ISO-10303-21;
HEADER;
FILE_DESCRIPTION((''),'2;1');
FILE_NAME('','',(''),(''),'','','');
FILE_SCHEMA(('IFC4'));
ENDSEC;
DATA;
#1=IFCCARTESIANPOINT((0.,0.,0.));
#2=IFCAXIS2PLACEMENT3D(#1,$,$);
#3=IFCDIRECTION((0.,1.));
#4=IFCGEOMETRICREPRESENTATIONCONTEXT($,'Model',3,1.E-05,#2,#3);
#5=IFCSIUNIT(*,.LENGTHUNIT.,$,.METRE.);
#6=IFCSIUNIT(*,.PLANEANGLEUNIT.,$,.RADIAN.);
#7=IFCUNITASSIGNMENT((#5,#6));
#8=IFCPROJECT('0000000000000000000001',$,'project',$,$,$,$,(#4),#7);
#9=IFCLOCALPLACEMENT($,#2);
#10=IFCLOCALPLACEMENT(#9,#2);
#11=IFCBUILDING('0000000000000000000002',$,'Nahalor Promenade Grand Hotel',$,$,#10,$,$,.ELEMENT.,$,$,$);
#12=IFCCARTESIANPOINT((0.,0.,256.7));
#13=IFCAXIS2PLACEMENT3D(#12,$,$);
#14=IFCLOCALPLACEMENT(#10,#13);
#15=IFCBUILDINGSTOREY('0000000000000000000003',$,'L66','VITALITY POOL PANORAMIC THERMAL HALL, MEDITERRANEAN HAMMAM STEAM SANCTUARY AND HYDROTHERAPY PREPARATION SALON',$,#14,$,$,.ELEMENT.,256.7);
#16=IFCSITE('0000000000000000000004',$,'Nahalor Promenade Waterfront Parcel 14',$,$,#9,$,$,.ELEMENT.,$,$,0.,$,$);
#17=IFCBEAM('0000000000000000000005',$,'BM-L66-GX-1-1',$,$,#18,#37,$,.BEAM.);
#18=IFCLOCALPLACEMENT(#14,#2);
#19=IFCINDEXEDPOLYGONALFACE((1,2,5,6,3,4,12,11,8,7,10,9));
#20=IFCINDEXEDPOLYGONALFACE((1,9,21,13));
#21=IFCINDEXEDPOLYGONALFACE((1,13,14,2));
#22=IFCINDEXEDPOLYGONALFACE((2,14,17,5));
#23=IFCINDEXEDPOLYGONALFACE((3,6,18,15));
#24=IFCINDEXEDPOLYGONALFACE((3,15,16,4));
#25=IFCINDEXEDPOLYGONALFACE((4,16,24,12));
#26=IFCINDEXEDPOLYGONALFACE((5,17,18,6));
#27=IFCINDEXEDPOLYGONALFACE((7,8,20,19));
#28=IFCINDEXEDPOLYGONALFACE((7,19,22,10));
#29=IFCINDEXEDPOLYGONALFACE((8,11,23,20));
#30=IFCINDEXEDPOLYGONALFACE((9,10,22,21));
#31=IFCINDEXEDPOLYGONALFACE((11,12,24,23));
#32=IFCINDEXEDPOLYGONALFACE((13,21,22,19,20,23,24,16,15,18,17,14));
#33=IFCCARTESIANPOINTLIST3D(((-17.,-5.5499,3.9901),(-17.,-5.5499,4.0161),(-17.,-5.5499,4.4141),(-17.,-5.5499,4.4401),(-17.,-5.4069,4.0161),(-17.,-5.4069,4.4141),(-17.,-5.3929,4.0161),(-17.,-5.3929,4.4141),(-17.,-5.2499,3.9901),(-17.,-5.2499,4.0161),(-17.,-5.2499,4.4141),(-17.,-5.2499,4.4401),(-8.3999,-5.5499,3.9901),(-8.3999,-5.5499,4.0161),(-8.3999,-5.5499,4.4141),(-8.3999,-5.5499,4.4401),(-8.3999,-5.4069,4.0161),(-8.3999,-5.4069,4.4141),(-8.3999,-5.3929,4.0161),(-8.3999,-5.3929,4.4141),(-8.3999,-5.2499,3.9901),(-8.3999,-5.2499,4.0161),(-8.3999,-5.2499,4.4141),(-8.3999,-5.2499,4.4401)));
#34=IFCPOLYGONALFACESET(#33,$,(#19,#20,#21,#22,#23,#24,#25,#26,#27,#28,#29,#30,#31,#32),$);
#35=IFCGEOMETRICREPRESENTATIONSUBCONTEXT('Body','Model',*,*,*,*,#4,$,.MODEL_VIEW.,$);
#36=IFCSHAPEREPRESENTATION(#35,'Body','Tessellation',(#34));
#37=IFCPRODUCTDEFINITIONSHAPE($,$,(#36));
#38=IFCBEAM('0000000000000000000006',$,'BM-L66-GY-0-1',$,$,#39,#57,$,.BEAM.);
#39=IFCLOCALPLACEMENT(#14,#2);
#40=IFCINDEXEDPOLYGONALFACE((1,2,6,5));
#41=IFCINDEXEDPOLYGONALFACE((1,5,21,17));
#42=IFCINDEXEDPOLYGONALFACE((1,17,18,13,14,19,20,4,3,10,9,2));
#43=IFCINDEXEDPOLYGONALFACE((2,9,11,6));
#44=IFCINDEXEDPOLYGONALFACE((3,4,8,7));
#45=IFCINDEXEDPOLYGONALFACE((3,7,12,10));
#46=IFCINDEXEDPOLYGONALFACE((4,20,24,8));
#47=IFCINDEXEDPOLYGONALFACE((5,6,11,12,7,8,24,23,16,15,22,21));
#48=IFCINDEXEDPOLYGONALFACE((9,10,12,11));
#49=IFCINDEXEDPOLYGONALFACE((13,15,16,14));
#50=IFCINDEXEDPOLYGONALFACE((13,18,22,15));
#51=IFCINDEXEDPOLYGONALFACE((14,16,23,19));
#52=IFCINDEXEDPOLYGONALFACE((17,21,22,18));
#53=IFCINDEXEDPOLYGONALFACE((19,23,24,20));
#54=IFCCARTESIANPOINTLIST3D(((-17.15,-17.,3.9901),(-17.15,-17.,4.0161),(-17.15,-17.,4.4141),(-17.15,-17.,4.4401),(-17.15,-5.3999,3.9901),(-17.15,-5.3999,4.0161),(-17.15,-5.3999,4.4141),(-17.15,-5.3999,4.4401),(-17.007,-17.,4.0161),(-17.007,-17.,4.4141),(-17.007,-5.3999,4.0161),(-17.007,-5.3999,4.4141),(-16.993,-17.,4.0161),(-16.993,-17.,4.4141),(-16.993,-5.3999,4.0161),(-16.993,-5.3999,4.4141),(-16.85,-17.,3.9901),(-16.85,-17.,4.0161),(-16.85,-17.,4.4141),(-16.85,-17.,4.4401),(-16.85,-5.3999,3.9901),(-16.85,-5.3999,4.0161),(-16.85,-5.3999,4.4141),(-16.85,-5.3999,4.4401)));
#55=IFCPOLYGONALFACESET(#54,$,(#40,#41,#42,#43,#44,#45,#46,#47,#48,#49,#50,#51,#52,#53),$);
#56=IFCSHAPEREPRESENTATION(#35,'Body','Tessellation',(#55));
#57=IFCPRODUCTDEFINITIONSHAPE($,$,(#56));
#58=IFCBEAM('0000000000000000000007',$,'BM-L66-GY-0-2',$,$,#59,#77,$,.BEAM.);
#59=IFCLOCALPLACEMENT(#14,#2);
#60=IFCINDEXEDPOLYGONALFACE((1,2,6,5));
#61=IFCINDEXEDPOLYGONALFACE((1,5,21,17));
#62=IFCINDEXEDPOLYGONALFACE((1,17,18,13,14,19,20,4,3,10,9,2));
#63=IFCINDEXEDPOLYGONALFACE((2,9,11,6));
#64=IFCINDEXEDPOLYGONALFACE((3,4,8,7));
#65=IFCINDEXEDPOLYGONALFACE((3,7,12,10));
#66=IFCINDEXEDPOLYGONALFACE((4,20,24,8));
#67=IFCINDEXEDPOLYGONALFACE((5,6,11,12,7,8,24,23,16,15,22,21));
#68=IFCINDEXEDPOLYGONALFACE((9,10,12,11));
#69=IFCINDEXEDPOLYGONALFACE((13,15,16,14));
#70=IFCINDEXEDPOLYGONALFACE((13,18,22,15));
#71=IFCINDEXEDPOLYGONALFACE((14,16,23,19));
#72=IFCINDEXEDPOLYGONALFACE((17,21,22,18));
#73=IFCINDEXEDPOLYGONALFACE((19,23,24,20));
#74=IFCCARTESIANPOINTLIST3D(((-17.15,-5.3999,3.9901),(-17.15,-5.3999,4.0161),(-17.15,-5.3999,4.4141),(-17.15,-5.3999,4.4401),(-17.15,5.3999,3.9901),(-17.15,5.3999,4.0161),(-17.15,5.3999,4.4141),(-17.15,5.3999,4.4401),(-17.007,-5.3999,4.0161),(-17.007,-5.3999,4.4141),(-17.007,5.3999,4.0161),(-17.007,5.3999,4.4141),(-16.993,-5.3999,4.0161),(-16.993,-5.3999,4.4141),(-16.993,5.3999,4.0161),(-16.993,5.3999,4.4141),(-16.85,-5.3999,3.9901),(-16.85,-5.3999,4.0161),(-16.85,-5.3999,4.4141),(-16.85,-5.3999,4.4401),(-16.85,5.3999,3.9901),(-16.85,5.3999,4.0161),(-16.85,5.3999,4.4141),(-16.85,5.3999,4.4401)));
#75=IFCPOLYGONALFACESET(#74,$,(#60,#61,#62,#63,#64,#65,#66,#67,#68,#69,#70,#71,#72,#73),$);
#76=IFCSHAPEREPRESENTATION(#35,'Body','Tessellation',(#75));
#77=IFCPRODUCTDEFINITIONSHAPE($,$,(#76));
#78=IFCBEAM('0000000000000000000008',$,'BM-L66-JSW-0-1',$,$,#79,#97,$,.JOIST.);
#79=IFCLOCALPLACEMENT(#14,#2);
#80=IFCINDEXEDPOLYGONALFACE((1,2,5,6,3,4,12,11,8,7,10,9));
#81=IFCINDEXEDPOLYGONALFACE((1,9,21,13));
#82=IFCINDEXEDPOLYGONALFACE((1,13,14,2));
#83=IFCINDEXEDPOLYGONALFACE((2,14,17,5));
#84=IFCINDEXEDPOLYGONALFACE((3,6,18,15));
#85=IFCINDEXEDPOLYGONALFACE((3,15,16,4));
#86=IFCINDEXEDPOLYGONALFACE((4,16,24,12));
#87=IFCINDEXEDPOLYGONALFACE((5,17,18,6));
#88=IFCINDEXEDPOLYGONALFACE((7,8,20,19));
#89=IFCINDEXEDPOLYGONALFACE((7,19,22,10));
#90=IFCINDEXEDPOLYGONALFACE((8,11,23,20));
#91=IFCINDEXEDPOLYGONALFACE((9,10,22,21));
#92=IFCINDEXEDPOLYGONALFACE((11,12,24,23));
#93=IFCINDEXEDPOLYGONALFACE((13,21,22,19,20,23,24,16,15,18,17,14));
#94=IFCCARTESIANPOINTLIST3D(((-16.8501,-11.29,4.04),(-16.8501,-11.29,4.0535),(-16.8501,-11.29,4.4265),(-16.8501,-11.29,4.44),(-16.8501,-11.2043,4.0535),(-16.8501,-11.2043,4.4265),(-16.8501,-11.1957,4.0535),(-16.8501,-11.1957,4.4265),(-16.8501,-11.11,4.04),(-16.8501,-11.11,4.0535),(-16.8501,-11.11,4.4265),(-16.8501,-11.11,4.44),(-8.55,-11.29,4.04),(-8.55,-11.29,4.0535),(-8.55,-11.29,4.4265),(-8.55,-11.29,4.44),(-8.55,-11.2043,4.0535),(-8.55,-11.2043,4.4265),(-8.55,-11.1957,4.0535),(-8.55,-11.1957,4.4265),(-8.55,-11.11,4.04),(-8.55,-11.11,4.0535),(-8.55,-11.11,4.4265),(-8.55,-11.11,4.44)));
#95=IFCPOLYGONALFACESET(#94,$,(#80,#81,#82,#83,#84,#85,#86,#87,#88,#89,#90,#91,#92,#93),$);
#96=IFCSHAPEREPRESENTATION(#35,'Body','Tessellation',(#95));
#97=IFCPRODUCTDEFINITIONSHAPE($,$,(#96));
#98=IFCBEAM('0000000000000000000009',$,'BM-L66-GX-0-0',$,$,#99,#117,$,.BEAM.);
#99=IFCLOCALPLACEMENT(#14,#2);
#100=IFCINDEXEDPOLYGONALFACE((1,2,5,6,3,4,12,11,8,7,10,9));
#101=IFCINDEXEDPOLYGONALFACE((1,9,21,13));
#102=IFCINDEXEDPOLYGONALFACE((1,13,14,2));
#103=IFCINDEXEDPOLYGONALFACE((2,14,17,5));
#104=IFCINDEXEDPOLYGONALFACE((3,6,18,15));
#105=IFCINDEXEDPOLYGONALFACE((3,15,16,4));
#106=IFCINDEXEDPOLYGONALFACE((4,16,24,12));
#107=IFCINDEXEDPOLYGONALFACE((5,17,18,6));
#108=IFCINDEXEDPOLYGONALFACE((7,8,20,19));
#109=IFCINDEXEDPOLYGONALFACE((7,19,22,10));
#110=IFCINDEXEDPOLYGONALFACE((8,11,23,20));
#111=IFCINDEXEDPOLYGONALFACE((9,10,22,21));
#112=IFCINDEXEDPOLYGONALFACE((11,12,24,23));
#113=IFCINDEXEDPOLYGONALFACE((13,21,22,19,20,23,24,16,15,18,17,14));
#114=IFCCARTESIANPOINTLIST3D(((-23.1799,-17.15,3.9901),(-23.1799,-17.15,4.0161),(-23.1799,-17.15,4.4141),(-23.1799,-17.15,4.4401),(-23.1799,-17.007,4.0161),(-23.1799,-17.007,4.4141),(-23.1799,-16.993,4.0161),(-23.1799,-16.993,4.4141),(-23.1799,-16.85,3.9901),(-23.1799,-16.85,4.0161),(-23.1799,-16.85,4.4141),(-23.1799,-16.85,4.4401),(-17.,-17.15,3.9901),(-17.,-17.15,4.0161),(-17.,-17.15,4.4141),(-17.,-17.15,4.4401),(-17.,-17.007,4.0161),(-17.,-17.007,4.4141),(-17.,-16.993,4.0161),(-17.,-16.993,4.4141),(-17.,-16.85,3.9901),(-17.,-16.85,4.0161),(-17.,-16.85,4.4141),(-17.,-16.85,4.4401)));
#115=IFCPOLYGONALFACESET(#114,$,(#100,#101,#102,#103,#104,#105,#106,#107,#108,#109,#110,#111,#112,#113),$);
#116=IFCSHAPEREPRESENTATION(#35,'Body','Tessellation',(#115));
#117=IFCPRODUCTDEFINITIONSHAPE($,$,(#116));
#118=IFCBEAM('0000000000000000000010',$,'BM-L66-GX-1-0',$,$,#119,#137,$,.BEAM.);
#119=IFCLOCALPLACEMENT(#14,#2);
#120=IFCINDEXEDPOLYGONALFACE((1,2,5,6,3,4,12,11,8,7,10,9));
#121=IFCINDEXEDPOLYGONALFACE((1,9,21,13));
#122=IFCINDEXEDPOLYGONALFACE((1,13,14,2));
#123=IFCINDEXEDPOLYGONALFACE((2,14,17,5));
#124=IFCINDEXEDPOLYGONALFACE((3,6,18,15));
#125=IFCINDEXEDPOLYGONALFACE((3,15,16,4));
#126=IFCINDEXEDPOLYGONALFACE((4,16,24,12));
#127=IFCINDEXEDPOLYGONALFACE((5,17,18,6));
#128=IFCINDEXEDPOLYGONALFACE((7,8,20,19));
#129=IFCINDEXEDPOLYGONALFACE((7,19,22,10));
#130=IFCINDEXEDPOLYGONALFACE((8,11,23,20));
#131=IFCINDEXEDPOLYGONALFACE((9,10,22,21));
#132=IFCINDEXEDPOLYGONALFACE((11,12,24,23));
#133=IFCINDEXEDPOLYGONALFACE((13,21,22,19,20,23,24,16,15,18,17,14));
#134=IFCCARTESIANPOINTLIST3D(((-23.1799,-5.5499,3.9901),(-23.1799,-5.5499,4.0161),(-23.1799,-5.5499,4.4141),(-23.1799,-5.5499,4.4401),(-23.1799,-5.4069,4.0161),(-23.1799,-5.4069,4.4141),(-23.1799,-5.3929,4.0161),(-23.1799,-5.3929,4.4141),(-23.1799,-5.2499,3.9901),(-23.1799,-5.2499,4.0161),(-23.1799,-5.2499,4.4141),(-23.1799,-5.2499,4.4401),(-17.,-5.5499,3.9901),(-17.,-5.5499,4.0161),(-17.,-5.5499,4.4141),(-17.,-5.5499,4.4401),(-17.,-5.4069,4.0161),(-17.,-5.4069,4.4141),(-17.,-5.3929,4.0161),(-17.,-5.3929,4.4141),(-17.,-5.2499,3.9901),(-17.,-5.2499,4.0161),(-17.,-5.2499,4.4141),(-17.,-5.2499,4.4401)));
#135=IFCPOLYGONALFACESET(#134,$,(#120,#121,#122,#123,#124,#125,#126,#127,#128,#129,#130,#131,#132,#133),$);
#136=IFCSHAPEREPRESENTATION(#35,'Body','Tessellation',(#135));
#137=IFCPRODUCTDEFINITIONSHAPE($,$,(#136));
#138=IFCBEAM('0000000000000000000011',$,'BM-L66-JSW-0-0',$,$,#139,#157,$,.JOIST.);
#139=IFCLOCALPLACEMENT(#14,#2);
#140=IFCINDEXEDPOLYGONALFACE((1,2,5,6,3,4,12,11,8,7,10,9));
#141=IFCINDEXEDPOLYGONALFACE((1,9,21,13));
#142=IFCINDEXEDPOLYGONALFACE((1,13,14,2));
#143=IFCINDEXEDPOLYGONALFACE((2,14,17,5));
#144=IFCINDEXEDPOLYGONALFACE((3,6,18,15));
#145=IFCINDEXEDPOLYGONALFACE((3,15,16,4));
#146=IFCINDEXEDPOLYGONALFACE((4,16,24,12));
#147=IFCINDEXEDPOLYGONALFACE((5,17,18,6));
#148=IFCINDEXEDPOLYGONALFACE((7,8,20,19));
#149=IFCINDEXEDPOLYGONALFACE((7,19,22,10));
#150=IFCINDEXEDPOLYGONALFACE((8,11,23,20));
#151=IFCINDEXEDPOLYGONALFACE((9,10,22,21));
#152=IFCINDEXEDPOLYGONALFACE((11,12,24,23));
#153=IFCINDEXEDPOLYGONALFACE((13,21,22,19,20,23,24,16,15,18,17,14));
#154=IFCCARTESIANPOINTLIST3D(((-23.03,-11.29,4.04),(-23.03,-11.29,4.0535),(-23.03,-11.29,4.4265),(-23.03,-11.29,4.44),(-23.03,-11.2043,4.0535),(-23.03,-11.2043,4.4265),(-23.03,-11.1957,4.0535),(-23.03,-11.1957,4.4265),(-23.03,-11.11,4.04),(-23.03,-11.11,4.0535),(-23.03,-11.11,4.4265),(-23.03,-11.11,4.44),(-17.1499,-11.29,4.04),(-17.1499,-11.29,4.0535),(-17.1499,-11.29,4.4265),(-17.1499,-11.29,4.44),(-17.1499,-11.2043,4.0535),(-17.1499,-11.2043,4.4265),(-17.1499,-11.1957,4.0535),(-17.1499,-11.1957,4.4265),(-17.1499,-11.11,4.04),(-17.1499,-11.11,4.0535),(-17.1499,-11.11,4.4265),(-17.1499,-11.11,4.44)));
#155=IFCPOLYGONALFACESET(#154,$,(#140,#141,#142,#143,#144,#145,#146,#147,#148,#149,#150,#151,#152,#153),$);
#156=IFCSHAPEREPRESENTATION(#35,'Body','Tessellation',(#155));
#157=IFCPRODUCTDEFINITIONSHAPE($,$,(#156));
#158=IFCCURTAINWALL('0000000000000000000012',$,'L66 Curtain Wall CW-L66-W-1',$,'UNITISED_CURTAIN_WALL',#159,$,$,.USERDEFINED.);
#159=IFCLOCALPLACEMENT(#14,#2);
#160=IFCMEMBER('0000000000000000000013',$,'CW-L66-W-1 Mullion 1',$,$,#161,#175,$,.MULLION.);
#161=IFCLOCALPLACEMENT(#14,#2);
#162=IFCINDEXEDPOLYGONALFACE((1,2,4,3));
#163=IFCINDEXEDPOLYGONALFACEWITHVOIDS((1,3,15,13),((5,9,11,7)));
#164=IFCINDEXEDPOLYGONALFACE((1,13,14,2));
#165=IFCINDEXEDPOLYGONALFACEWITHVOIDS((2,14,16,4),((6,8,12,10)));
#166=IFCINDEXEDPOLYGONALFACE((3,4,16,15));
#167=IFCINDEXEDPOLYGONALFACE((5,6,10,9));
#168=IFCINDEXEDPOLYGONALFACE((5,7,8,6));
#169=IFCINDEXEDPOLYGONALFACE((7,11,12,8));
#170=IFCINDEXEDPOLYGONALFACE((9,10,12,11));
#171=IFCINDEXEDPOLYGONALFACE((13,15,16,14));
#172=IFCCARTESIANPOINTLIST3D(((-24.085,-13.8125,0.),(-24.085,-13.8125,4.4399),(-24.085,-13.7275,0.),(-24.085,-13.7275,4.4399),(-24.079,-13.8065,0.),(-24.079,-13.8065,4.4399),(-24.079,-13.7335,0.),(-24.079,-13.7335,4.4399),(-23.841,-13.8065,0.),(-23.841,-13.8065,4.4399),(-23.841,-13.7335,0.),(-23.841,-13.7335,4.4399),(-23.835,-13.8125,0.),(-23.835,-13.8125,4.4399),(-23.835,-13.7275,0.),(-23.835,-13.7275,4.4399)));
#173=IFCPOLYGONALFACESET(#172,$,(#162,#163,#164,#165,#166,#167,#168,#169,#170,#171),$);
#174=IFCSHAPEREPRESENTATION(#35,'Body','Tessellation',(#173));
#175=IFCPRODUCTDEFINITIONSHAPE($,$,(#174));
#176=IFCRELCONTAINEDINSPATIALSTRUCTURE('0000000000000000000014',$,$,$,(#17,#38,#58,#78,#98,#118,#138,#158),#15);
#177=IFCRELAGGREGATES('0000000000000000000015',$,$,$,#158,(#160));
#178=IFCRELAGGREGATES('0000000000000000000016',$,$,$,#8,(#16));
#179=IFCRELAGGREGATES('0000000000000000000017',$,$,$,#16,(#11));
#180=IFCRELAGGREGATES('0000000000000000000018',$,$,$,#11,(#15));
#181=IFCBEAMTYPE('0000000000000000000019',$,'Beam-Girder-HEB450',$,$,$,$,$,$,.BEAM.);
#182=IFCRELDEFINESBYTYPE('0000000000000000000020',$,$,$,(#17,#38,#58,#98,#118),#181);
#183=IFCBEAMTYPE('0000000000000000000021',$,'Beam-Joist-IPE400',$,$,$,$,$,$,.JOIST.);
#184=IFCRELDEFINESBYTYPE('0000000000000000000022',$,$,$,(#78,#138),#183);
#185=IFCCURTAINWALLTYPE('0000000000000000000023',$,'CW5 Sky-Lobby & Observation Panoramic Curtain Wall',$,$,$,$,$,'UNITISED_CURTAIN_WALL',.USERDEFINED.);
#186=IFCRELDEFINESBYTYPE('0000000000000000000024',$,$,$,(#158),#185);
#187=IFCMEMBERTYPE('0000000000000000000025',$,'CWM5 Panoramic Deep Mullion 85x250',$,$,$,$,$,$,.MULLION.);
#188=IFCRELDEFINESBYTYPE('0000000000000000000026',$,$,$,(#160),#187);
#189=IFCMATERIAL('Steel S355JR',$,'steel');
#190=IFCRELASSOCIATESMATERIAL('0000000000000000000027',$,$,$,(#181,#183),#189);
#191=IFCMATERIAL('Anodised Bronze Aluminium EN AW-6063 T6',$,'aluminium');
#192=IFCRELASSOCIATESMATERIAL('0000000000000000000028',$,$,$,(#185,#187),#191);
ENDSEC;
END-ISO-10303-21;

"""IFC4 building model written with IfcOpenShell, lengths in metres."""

from ifc_helpers import new_model, si_unit, direction, frame, origin, origin_2d, place, context, subcontext, project, spatial, hollow_rectangle, i_section, extrude, source, transform, mapped, material, material_profile, profile_set, type_object, element, aggregate, save


model = new_model("IFC4")

# Units and contexts
model_context = context("Model", 3, precision=1e-05, world=origin(), true_north=direction((0.0, 1.0)))
body_context = subcontext(model_context, "Body", "Model", "MODEL_VIEW")
ifc_project = project(units=[si_unit("LENGTHUNIT", "METRE"), si_unit("PLANEANGLEUNIT", "RADIAN")], contexts=[model_context])

# Site, building, storey
site_placement = place(None, origin())
site = spatial("IfcSite", under=ifc_project, at=site_placement, Name="Nahalor Promenade Waterfront Parcel 14", CompositionType="ELEMENT", RefElevation=0.0)
building_placement = place(site_placement, origin())
building = spatial("IfcBuilding", under=site, at=building_placement, Name="Nahalor Promenade Grand Hotel", CompositionType="ELEMENT")
storey_placement = place(building_placement, frame((0.0, 0.0, 256.7)))
storey = spatial("IfcBuildingStorey", under=building, at=storey_placement, Name="L66", Description="VITALITY POOL PANORAMIC THERMAL HALL, MEDITERRANEAN HAMMAM STEAM SANCTUARY AND HYDROTHERAPY PREPARATION SALON", CompositionType="ELEMENT", Elevation=256.7)

# Shared definitions
ifc_material_1 = material(Name="Steel S355JR", Category="steel")

# Beams
ifc_material_profile_1 = material_profile(ifc_material_1, i_section(OverallWidth=0.3, OverallDepth=0.45, WebThickness=0.014, FlangeThickness=0.026, at=origin_2d()), Name="HEB 450")
ifc_profile_set_1 = profile_set([ifc_material_profile_1], Name="Steel S355JR")
beam_type_1 = type_object("IfcBeamType", Name="Beam-Girder-HEB450", PredefinedType="BEAM", material=ifc_profile_set_1)
shared_shape_1 = source(origin(), body_context, "Body", "SweptSolid", [
    extrude(i_section(OverallWidth=0.3, OverallDepth=0.45, WebThickness=0.014, FlangeThickness=0.026, at=origin_2d()), origin(), (0.0, 0.0, 1.0), 8.6001),
])
for number, where, z_axis, x_axis, name in (
    (1, (-17.0, -5.3999, 4.2151), (1.0, 0.0, 0.0), (0.0, 1.0, 0.0), "BM-L66-GX-1-1"),
):
    element("IfcBeam", number, at=place(storey_placement, frame(where, z_axis=z_axis, x_axis=x_axis)), inside=storey, type_object=beam_type_1, Name=name, PredefinedType="BEAM", context=body_context, shape_type="MappedRepresentation", body=[
        mapped(shared_shape_1, transform((0.0, 0.0, 0.0), scale=1.0)),
    ])
shared_shape_2 = source(origin(), body_context, "Body", "SweptSolid", [
    extrude(i_section(OverallWidth=0.3, OverallDepth=0.45, WebThickness=0.014, FlangeThickness=0.026, at=origin_2d()), origin(), (0.0, 0.0, 1.0), 11.6001),
])
beam_1_placement = place(storey_placement, frame((-17.0, -17.0, 4.2151), z_axis=(0.0, 1.0, 0.0), x_axis=(-1.0, 0.0, 0.0)))
element("IfcBeam", 2, at=beam_1_placement, inside=storey, type_object=beam_type_1, Name="BM-L66-GY-0-1", PredefinedType="BEAM", context=body_context, shape_type="MappedRepresentation", body=[
    mapped(shared_shape_2, transform((0.0, 0.0, 0.0), scale=1.0)),
])
shared_shape_3 = source(origin(), body_context, "Body", "SweptSolid", [
    extrude(i_section(OverallWidth=0.3, OverallDepth=0.45, WebThickness=0.014, FlangeThickness=0.026, at=origin_2d()), origin(), (0.0, 0.0, 1.0), 10.7998),
])
beam_2_placement = place(storey_placement, frame((-17.0, -5.3999, 4.2151), z_axis=(0.0, 1.0, 0.0), x_axis=(-1.0, 0.0, 0.0)))
element("IfcBeam", 3, at=beam_2_placement, inside=storey, type_object=beam_type_1, Name="BM-L66-GY-0-2", PredefinedType="BEAM", context=body_context, shape_type="MappedRepresentation", body=[
    mapped(shared_shape_3, transform((0.0, 0.0, 0.0), scale=1.0)),
])
ifc_material_profile_2 = material_profile(ifc_material_1, i_section(OverallWidth=0.18, OverallDepth=0.4, WebThickness=0.0086, FlangeThickness=0.0135, at=origin_2d()), Name="IPE 400")
ifc_profile_set_2 = profile_set([ifc_material_profile_2], Name="Steel S355JR")
beam_type_2 = type_object("IfcBeamType", Name="Beam-Joist-IPE400", PredefinedType="JOIST", material=ifc_profile_set_2)
shared_shape_4 = source(origin(), body_context, "Body", "SweptSolid", [
    extrude(i_section(OverallWidth=0.18, OverallDepth=0.4, WebThickness=0.0086, FlangeThickness=0.0135, at=origin_2d()), origin(), (0.0, 0.0, 1.0), 8.3),
])
beam_3_placement = place(storey_placement, frame((-16.8501, -11.2, 4.24), z_axis=(1.0, 0.0, 0.0), x_axis=(0.0, 1.0, 0.0)))
element("IfcBeam", 4, at=beam_3_placement, inside=storey, type_object=beam_type_2, Name="BM-L66-JSW-0-1", PredefinedType="JOIST", context=body_context, shape_type="MappedRepresentation", body=[
    mapped(shared_shape_4, transform((0.0, 0.0, 0.0), scale=1.0)),
])
shared_shape_5 = source(origin(), body_context, "Body", "SweptSolid", [
    extrude(i_section(OverallWidth=0.3, OverallDepth=0.45, WebThickness=0.014, FlangeThickness=0.026, at=origin_2d()), origin(), (0.0, 0.0, 1.0), 6.1799),
])
for number, where, z_axis, x_axis, name in (
    (5, (-23.1799, -17.0, 4.2151), (1.0, 0.0, 0.0), (0.0, 1.0, 0.0), "BM-L66-GX-0-0"),
    (6, (-23.1799, -5.3999, 4.2151), (1.0, 0.0, 0.0), (0.0, 1.0, 0.0), "BM-L66-GX-1-0"),
):
    element("IfcBeam", number, at=place(storey_placement, frame(where, z_axis=z_axis, x_axis=x_axis)), inside=storey, type_object=beam_type_1, Name=name, PredefinedType="BEAM", context=body_context, shape_type="MappedRepresentation", body=[
        mapped(shared_shape_5, transform((0.0, 0.0, 0.0), scale=1.0)),
    ])
shared_shape_6 = source(origin(), body_context, "Body", "SweptSolid", [
    extrude(i_section(OverallWidth=0.18, OverallDepth=0.4, WebThickness=0.0086, FlangeThickness=0.0135, at=origin_2d()), origin(), (0.0, 0.0, 1.0), 5.8801),
])
beam_4_placement = place(storey_placement, frame((-23.03, -11.2, 4.24), z_axis=(1.0, 0.0, 0.0), x_axis=(0.0, 1.0, 0.0)))
element("IfcBeam", 7, at=beam_4_placement, inside=storey, type_object=beam_type_2, Name="BM-L66-JSW-0-0", PredefinedType="JOIST", context=body_context, shape_type="MappedRepresentation", body=[
    mapped(shared_shape_6, transform((0.0, 0.0, 0.0), scale=1.0)),
])

# Curtain wall, member
ifc_material_2 = material(Name="Anodised Bronze Aluminium EN AW-6063 T6", Category="aluminium")
curtain_wall_type = type_object("IfcCurtainWallType", Name="CW5 Sky-Lobby & Observation Panoramic Curtain Wall", ElementType="UNITISED_CURTAIN_WALL", PredefinedType="USERDEFINED", material=ifc_material_2)
curtain_wall_placement = place(storey_placement, origin())
curtain_wall = element("IfcCurtainWall", 8, at=curtain_wall_placement, inside=storey, type_object=curtain_wall_type, Name="L66 Curtain Wall CW-L66-W-1", ObjectType="UNITISED_CURTAIN_WALL", PredefinedType="USERDEFINED")
ifc_material_profile_3 = material_profile(ifc_material_2, hollow_rectangle(XDim=0.085, YDim=0.25, WallThickness=0.006, at=origin_2d()), Name="CWM 85x250x6")
ifc_profile_set_3 = profile_set([ifc_material_profile_3], Name="Anodised Bronze Aluminium EN AW-6063 T6")
member_type_1 = type_object("IfcMemberType", Name="CWM5 Panoramic Deep Mullion 85x250", PredefinedType="MULLION", material=ifc_profile_set_3)
shared_shape_7 = source(origin(), body_context, "Body", "SweptSolid", [
    extrude(hollow_rectangle(XDim=0.085, YDim=0.25, WallThickness=0.006, at=origin_2d()), origin(), (0.0, 0.0, 1.0), 4.4399),
])
member_1_placement = place(storey_placement, frame((-23.96, -13.77, 0.0), z_axis=(0.0, 0.0, 1.0), x_axis=(0.0, 1.0, 0.0)))
member_1 = element("IfcMember", 9, at=member_1_placement, type_object=member_type_1, Name="CW-L66-W-1 Mullion 1", PredefinedType="MULLION", context=body_context, shape_type="MappedRepresentation", body=[
    mapped(shared_shape_7, transform((0.0, 0.0, 0.0), scale=1.0)),
])
aggregate(curtain_wall, [member_1])

save(model, "model.ifc")
